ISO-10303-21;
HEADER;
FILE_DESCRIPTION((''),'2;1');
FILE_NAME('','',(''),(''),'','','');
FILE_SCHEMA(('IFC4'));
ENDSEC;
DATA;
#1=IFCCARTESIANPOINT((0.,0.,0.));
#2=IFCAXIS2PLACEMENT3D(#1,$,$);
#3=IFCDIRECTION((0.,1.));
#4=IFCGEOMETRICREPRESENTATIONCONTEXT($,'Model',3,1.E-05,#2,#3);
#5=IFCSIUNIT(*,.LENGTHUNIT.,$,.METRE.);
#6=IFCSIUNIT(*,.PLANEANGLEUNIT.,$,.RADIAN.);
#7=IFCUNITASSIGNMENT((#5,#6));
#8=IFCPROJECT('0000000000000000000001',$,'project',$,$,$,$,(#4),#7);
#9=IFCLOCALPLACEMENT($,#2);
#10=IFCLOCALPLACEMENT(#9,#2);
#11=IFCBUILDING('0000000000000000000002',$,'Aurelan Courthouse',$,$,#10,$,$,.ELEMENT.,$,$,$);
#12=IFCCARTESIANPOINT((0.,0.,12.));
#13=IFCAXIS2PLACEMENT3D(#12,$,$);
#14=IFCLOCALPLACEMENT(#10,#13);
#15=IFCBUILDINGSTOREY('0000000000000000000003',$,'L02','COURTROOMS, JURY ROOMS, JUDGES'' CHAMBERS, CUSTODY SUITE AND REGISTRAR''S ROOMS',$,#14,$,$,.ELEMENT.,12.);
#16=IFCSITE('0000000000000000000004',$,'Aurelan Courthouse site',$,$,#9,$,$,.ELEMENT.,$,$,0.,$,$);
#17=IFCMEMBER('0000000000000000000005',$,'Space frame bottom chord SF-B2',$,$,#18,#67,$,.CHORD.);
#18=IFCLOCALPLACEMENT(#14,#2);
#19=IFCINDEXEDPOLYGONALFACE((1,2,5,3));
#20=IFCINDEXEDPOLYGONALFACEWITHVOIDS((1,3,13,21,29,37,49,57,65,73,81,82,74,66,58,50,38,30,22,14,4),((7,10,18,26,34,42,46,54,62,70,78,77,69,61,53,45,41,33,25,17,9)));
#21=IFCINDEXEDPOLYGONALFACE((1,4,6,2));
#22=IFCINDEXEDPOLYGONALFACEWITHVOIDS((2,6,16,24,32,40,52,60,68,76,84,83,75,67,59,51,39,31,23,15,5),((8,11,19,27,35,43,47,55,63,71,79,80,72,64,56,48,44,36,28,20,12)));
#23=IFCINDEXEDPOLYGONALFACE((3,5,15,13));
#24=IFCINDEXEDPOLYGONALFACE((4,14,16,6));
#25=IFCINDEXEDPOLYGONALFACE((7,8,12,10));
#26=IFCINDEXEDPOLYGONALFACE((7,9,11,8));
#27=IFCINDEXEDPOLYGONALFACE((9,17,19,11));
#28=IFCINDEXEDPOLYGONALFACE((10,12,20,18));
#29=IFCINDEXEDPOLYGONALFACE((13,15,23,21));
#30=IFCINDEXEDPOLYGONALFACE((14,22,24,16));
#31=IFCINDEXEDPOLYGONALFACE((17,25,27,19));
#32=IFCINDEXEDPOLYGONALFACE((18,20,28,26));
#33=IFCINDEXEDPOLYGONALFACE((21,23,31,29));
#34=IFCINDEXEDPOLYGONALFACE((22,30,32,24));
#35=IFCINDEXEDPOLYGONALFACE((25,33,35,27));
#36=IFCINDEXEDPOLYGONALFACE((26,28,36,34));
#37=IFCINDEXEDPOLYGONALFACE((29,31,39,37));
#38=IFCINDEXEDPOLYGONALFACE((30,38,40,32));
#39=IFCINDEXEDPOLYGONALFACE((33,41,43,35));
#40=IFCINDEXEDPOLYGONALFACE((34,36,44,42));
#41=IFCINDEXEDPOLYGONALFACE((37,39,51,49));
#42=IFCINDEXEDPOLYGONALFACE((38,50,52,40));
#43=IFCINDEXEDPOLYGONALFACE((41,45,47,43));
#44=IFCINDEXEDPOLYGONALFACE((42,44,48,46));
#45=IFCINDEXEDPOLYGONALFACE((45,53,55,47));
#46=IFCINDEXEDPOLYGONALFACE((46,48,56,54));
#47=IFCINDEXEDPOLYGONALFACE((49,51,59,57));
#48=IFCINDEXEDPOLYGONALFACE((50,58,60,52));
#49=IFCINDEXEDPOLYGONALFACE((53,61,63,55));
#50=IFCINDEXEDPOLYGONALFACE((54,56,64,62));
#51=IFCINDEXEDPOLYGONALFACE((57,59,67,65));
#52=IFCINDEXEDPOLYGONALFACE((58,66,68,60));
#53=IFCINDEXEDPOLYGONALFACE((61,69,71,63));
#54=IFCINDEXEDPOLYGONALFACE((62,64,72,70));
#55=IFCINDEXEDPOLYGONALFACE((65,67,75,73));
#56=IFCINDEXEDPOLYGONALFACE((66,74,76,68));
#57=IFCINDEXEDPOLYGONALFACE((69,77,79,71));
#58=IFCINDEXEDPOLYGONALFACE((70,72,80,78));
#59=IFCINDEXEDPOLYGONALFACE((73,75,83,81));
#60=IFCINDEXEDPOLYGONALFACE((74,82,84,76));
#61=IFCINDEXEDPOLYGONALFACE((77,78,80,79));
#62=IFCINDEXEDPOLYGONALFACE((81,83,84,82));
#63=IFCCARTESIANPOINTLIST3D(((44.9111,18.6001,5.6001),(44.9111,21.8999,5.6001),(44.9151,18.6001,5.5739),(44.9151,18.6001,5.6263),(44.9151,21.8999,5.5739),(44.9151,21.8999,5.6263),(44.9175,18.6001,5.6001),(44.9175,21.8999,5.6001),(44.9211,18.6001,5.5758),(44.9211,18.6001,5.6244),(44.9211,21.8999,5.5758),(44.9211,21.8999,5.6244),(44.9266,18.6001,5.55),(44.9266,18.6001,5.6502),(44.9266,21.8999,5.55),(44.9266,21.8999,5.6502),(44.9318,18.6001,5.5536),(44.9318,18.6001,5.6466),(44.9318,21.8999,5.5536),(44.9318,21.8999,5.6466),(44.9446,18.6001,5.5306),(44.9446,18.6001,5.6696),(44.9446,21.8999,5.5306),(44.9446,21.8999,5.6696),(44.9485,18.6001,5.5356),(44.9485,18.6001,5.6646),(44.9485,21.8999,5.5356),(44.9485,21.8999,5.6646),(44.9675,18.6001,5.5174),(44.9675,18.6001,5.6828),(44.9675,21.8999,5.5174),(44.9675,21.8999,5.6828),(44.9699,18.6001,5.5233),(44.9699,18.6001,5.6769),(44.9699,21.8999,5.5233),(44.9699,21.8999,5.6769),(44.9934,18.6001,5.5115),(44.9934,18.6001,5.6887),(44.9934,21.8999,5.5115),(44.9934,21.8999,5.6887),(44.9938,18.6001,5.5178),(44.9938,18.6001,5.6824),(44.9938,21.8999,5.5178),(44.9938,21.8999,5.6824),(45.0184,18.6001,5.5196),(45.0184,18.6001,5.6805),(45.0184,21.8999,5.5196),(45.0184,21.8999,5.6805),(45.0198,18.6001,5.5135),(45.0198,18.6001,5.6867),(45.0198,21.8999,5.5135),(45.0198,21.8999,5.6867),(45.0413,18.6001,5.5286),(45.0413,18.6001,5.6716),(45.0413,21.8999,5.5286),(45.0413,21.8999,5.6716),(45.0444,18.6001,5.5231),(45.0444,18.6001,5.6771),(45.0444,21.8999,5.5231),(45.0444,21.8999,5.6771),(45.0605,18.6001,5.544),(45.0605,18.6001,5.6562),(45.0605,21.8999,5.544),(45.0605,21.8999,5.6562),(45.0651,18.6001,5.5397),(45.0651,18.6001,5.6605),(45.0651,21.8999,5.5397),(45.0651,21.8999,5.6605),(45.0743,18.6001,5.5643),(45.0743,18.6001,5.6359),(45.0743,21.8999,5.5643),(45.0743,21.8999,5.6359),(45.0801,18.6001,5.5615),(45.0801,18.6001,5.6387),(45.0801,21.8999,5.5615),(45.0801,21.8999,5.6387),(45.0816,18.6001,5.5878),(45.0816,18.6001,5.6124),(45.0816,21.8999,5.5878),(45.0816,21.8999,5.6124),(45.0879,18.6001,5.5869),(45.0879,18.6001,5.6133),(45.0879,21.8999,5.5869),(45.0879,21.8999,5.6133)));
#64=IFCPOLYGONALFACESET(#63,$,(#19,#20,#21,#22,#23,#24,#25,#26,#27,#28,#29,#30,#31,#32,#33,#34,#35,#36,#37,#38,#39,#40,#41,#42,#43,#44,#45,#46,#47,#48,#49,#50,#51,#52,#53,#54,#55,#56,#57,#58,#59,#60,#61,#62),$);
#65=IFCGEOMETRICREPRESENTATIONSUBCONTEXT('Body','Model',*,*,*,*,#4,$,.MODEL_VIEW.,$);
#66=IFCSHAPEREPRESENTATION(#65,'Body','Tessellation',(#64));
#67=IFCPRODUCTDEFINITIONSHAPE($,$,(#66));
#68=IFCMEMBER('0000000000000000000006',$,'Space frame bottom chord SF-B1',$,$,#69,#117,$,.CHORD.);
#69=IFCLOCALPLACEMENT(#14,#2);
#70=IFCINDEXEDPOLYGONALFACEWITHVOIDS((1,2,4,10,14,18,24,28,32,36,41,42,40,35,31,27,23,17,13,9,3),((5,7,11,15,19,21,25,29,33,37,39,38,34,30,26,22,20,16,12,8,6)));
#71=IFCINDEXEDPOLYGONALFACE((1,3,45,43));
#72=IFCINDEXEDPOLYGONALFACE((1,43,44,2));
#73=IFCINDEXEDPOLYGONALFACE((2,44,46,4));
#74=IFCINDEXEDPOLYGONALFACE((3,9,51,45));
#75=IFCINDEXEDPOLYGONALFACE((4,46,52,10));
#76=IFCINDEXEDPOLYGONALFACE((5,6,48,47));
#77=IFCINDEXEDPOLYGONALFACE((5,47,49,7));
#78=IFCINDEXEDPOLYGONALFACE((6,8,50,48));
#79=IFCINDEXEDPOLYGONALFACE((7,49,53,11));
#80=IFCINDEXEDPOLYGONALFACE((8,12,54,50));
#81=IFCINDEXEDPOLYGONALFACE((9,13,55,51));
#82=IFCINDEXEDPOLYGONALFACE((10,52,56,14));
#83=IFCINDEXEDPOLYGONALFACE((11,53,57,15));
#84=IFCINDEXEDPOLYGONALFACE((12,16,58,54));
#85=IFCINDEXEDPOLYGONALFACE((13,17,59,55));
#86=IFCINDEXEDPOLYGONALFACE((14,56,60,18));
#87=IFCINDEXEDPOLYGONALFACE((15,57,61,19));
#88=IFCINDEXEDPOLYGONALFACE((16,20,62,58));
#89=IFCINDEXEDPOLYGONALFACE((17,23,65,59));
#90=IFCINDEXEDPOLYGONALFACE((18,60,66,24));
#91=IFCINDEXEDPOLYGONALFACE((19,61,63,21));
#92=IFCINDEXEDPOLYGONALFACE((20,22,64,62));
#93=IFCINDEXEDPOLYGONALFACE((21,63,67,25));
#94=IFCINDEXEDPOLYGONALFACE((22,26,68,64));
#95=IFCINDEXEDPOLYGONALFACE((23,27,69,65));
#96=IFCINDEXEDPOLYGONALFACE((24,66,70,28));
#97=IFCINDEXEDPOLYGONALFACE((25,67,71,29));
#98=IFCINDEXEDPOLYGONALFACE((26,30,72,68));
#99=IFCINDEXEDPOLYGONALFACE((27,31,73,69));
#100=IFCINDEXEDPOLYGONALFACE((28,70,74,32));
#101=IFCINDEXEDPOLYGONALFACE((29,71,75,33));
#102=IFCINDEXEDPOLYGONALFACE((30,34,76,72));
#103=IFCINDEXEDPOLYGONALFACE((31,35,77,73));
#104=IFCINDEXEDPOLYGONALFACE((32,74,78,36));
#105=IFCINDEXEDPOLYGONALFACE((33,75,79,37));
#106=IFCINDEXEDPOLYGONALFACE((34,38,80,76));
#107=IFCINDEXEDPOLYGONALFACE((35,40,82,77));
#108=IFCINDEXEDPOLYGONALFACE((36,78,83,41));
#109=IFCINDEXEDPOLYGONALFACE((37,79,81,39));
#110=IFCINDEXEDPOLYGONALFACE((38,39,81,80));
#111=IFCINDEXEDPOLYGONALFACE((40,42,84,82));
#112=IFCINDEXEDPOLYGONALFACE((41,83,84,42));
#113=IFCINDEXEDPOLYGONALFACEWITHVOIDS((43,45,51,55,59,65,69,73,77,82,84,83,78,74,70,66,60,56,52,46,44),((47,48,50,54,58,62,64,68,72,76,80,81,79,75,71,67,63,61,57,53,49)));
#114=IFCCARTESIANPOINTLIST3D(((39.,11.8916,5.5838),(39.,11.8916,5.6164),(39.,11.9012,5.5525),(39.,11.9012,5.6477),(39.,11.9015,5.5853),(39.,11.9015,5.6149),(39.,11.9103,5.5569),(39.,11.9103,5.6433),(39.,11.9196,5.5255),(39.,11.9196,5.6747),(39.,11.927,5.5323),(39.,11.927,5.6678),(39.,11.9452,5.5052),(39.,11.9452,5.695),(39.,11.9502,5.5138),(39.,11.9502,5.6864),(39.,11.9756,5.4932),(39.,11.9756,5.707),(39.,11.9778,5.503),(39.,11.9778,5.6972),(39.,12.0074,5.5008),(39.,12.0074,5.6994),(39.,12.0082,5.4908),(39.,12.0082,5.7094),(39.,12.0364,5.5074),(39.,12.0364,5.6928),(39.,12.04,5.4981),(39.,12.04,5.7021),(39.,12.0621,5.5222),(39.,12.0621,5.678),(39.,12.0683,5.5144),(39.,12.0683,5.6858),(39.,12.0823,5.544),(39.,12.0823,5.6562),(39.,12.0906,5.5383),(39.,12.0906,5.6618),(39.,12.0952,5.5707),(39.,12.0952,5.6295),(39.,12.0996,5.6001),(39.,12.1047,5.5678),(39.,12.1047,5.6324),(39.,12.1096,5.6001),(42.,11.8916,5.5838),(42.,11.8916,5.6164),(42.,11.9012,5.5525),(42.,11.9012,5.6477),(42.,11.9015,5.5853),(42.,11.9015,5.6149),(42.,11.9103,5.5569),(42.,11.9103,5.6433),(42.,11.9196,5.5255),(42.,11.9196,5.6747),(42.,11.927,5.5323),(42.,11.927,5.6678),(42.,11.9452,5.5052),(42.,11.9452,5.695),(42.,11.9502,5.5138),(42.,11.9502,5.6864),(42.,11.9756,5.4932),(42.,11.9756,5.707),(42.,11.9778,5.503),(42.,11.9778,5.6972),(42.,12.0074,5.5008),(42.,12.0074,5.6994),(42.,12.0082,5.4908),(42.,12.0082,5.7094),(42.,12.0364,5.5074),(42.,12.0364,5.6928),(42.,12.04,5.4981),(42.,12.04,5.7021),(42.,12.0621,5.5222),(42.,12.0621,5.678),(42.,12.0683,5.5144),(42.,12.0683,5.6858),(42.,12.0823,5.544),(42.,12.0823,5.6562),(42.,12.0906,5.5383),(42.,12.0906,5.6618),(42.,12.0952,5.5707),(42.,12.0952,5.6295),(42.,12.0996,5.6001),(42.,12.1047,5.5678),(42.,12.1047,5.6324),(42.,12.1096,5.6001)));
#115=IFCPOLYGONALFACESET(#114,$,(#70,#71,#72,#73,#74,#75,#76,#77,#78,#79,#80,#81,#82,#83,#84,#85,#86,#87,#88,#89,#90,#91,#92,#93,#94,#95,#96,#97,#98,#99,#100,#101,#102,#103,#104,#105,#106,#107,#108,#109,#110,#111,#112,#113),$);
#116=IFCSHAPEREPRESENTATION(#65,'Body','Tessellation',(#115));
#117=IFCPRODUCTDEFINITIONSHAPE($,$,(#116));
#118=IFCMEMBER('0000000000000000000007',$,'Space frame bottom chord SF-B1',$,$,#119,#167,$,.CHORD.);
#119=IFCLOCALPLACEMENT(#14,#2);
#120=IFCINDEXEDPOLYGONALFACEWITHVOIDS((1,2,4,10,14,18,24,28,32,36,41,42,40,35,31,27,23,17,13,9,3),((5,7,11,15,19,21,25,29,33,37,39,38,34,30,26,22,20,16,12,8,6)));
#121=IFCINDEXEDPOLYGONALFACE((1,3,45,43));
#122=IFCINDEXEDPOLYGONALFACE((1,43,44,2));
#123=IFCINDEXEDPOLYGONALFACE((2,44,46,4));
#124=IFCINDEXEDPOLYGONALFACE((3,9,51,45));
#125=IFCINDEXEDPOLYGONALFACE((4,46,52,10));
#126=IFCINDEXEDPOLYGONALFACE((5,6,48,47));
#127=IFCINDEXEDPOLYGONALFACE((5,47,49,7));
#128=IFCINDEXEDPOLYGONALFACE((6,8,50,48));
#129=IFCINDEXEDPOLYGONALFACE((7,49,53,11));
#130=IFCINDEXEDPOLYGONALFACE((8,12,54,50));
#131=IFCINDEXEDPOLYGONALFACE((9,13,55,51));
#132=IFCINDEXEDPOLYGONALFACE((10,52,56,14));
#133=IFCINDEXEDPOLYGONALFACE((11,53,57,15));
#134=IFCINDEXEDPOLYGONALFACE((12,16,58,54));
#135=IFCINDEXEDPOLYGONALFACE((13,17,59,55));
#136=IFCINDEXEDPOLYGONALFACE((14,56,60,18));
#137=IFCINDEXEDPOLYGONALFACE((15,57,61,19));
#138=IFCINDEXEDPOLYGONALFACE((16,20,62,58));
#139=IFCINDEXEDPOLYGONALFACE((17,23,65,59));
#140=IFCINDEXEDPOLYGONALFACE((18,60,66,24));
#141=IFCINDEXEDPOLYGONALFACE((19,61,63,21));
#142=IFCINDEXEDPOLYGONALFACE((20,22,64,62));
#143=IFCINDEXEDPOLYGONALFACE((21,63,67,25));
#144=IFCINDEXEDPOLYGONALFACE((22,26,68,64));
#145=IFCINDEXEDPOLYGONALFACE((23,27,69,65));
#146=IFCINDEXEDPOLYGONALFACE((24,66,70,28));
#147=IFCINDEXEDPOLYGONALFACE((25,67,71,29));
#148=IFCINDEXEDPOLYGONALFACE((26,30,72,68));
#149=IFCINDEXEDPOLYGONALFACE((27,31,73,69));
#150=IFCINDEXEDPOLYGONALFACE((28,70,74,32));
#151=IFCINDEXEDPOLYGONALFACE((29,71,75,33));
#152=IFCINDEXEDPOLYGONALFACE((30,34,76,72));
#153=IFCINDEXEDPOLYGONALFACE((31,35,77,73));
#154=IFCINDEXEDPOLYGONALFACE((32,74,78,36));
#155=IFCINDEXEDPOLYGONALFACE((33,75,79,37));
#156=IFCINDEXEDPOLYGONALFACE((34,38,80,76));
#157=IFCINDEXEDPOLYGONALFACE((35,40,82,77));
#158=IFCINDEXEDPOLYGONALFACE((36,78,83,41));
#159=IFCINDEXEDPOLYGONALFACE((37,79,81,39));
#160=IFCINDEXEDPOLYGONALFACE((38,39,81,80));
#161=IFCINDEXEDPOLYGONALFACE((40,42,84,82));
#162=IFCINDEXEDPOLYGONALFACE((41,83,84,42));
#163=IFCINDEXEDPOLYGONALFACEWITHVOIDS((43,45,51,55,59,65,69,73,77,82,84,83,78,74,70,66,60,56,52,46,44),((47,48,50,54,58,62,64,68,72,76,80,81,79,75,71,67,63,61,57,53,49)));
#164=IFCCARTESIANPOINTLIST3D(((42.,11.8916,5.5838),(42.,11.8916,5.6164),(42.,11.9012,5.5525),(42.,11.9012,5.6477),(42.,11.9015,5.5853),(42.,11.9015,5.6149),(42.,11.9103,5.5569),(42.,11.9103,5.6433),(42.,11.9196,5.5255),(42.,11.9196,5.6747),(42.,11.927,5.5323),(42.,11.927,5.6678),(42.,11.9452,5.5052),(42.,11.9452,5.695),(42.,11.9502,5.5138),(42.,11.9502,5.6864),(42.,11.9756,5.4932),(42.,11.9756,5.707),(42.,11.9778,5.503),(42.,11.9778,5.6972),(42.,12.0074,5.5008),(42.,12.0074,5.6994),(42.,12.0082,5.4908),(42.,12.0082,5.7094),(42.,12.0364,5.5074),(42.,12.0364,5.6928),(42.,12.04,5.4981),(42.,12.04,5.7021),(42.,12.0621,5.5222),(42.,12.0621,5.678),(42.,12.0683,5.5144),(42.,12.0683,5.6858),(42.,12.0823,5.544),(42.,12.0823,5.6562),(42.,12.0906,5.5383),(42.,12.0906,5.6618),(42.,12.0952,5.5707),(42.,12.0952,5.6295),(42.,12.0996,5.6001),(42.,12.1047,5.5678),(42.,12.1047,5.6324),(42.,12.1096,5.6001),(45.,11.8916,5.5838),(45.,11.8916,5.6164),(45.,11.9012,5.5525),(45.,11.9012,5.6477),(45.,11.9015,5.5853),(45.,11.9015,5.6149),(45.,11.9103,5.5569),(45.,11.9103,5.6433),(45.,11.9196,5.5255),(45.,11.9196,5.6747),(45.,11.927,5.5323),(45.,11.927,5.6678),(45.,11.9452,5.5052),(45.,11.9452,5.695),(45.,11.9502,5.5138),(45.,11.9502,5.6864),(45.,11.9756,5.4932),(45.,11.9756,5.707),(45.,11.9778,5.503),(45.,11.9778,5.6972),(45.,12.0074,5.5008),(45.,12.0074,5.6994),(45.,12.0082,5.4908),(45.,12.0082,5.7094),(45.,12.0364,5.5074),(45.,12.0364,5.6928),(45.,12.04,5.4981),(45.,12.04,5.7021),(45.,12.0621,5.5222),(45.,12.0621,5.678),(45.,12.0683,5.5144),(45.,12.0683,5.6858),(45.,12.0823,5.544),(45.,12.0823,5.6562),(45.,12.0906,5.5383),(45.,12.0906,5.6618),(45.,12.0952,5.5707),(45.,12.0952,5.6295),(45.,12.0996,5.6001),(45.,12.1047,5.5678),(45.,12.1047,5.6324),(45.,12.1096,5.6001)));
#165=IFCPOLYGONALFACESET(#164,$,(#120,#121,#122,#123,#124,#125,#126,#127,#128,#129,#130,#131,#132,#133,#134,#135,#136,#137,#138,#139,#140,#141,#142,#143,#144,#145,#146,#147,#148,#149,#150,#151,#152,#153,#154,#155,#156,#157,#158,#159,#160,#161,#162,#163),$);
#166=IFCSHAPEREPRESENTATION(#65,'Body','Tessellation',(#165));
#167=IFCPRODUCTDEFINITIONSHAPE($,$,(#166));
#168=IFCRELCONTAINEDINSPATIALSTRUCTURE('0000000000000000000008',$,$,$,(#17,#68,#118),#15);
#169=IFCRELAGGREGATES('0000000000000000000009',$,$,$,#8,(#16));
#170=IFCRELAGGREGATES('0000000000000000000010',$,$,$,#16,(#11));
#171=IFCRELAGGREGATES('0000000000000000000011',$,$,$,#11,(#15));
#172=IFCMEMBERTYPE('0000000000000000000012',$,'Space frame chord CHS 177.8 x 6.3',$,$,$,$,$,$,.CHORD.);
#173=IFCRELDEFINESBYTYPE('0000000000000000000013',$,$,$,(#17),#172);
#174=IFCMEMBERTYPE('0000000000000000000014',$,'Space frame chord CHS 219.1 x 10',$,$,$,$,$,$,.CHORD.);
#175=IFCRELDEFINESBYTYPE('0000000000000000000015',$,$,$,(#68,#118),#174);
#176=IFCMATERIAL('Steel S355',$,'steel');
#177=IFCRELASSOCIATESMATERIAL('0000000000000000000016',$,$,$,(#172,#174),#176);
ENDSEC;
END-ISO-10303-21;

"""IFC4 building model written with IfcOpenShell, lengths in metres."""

from ifc_helpers import new_model, si_unit, direction, frame, origin, origin_2d, place, context, subcontext, project, spatial, hollow_circle, extrude, material, material_profile, profile_set, type_object, element, save


model = new_model("IFC4")

# Units and contexts
model_context = context("Model", 3, precision=1e-05, world=origin(), true_north=direction((0.0, 1.0)))
body_context = subcontext(model_context, "Body", "Model", "MODEL_VIEW")
ifc_project = project(units=[si_unit("LENGTHUNIT", "METRE"), si_unit("PLANEANGLEUNIT", "RADIAN")], contexts=[model_context])

# Site, building, storey
site_placement = place(None, origin())
site = spatial("IfcSite", under=ifc_project, at=site_placement, Name="Aurelan Courthouse site", CompositionType="ELEMENT", RefElevation=0.0)
building_placement = place(site_placement, origin())
building = spatial("IfcBuilding", under=site, at=building_placement, Name="Aurelan Courthouse", CompositionType="ELEMENT")
storey_placement = place(building_placement, frame((0.0, 0.0, 12.0)))
storey = spatial("IfcBuildingStorey", under=building, at=storey_placement, Name="L02", Description="COURTROOMS, JURY ROOMS, JUDGES' CHAMBERS, CUSTODY SUITE AND REGISTRAR'S ROOMS", CompositionType="ELEMENT", Elevation=12.0)

# Shared definitions
ifc_material_1 = material(Name="Steel S355", Category="steel")

# Members
ifc_material_profile_1 = material_profile(ifc_material_1, hollow_circle(Radius=0.0889, WallThickness=0.0063, at=origin_2d()), Name="CHS 177.8 x 6.3")
ifc_profile_set_1 = profile_set([ifc_material_profile_1], Name="Steel S355")
member_type_1 = type_object("IfcMemberType", Name="Space frame chord CHS 177.8 x 6.3", PredefinedType="CHORD", material=ifc_profile_set_1)
for number, where, z_axis, x_axis, name in (
    (1, (45.0, 18.6001, 5.6001), (0.0, 1.0, 0.0), (-1.0, 0.0, 0.0), "Space frame bottom chord SF-B2"),
):
    element("IfcMember", number, at=place(storey_placement, frame(where, z_axis=z_axis, x_axis=x_axis)), inside=storey, type_object=member_type_1, Name=name, PredefinedType="CHORD", context=body_context, shape_type="SweptSolid", body=[
        extrude(hollow_circle(Radius=0.0889, WallThickness=0.0063, at=origin_2d()), origin(), (0.0, 0.0, 1.0), 3.2998),
    ])
ifc_material_profile_2 = material_profile(ifc_material_1, hollow_circle(Radius=0.1096, WallThickness=0.01, at=origin_2d()), Name="CHS 219.1 x 10")
ifc_profile_set_2 = profile_set([ifc_material_profile_2], Name="Steel S355")
member_type_2 = type_object("IfcMemberType", Name="Space frame chord CHS 219.1 x 10", PredefinedType="CHORD", material=ifc_profile_set_2)
for number, where, z_axis, x_axis, name in (
    (2, (39.0, 12.0, 5.6001), (1.0, 0.0, 0.0), (0.0, 1.0, 0.0), "Space frame bottom chord SF-B1"),
    (3, (42.0, 12.0, 5.6001), (1.0, 0.0, 0.0), (0.0, 1.0, 0.0), "Space frame bottom chord SF-B1"),
):
    element("IfcMember", number, at=place(storey_placement, frame(where, z_axis=z_axis, x_axis=x_axis)), inside=storey, type_object=member_type_2, Name=name, PredefinedType="CHORD", context=body_context, shape_type="SweptSolid", body=[
        extrude(hollow_circle(Radius=0.1096, WallThickness=0.01, at=origin_2d()), origin(), (0.0, 0.0, 1.0), 3.0),
    ])

save(model, "model.ifc")
